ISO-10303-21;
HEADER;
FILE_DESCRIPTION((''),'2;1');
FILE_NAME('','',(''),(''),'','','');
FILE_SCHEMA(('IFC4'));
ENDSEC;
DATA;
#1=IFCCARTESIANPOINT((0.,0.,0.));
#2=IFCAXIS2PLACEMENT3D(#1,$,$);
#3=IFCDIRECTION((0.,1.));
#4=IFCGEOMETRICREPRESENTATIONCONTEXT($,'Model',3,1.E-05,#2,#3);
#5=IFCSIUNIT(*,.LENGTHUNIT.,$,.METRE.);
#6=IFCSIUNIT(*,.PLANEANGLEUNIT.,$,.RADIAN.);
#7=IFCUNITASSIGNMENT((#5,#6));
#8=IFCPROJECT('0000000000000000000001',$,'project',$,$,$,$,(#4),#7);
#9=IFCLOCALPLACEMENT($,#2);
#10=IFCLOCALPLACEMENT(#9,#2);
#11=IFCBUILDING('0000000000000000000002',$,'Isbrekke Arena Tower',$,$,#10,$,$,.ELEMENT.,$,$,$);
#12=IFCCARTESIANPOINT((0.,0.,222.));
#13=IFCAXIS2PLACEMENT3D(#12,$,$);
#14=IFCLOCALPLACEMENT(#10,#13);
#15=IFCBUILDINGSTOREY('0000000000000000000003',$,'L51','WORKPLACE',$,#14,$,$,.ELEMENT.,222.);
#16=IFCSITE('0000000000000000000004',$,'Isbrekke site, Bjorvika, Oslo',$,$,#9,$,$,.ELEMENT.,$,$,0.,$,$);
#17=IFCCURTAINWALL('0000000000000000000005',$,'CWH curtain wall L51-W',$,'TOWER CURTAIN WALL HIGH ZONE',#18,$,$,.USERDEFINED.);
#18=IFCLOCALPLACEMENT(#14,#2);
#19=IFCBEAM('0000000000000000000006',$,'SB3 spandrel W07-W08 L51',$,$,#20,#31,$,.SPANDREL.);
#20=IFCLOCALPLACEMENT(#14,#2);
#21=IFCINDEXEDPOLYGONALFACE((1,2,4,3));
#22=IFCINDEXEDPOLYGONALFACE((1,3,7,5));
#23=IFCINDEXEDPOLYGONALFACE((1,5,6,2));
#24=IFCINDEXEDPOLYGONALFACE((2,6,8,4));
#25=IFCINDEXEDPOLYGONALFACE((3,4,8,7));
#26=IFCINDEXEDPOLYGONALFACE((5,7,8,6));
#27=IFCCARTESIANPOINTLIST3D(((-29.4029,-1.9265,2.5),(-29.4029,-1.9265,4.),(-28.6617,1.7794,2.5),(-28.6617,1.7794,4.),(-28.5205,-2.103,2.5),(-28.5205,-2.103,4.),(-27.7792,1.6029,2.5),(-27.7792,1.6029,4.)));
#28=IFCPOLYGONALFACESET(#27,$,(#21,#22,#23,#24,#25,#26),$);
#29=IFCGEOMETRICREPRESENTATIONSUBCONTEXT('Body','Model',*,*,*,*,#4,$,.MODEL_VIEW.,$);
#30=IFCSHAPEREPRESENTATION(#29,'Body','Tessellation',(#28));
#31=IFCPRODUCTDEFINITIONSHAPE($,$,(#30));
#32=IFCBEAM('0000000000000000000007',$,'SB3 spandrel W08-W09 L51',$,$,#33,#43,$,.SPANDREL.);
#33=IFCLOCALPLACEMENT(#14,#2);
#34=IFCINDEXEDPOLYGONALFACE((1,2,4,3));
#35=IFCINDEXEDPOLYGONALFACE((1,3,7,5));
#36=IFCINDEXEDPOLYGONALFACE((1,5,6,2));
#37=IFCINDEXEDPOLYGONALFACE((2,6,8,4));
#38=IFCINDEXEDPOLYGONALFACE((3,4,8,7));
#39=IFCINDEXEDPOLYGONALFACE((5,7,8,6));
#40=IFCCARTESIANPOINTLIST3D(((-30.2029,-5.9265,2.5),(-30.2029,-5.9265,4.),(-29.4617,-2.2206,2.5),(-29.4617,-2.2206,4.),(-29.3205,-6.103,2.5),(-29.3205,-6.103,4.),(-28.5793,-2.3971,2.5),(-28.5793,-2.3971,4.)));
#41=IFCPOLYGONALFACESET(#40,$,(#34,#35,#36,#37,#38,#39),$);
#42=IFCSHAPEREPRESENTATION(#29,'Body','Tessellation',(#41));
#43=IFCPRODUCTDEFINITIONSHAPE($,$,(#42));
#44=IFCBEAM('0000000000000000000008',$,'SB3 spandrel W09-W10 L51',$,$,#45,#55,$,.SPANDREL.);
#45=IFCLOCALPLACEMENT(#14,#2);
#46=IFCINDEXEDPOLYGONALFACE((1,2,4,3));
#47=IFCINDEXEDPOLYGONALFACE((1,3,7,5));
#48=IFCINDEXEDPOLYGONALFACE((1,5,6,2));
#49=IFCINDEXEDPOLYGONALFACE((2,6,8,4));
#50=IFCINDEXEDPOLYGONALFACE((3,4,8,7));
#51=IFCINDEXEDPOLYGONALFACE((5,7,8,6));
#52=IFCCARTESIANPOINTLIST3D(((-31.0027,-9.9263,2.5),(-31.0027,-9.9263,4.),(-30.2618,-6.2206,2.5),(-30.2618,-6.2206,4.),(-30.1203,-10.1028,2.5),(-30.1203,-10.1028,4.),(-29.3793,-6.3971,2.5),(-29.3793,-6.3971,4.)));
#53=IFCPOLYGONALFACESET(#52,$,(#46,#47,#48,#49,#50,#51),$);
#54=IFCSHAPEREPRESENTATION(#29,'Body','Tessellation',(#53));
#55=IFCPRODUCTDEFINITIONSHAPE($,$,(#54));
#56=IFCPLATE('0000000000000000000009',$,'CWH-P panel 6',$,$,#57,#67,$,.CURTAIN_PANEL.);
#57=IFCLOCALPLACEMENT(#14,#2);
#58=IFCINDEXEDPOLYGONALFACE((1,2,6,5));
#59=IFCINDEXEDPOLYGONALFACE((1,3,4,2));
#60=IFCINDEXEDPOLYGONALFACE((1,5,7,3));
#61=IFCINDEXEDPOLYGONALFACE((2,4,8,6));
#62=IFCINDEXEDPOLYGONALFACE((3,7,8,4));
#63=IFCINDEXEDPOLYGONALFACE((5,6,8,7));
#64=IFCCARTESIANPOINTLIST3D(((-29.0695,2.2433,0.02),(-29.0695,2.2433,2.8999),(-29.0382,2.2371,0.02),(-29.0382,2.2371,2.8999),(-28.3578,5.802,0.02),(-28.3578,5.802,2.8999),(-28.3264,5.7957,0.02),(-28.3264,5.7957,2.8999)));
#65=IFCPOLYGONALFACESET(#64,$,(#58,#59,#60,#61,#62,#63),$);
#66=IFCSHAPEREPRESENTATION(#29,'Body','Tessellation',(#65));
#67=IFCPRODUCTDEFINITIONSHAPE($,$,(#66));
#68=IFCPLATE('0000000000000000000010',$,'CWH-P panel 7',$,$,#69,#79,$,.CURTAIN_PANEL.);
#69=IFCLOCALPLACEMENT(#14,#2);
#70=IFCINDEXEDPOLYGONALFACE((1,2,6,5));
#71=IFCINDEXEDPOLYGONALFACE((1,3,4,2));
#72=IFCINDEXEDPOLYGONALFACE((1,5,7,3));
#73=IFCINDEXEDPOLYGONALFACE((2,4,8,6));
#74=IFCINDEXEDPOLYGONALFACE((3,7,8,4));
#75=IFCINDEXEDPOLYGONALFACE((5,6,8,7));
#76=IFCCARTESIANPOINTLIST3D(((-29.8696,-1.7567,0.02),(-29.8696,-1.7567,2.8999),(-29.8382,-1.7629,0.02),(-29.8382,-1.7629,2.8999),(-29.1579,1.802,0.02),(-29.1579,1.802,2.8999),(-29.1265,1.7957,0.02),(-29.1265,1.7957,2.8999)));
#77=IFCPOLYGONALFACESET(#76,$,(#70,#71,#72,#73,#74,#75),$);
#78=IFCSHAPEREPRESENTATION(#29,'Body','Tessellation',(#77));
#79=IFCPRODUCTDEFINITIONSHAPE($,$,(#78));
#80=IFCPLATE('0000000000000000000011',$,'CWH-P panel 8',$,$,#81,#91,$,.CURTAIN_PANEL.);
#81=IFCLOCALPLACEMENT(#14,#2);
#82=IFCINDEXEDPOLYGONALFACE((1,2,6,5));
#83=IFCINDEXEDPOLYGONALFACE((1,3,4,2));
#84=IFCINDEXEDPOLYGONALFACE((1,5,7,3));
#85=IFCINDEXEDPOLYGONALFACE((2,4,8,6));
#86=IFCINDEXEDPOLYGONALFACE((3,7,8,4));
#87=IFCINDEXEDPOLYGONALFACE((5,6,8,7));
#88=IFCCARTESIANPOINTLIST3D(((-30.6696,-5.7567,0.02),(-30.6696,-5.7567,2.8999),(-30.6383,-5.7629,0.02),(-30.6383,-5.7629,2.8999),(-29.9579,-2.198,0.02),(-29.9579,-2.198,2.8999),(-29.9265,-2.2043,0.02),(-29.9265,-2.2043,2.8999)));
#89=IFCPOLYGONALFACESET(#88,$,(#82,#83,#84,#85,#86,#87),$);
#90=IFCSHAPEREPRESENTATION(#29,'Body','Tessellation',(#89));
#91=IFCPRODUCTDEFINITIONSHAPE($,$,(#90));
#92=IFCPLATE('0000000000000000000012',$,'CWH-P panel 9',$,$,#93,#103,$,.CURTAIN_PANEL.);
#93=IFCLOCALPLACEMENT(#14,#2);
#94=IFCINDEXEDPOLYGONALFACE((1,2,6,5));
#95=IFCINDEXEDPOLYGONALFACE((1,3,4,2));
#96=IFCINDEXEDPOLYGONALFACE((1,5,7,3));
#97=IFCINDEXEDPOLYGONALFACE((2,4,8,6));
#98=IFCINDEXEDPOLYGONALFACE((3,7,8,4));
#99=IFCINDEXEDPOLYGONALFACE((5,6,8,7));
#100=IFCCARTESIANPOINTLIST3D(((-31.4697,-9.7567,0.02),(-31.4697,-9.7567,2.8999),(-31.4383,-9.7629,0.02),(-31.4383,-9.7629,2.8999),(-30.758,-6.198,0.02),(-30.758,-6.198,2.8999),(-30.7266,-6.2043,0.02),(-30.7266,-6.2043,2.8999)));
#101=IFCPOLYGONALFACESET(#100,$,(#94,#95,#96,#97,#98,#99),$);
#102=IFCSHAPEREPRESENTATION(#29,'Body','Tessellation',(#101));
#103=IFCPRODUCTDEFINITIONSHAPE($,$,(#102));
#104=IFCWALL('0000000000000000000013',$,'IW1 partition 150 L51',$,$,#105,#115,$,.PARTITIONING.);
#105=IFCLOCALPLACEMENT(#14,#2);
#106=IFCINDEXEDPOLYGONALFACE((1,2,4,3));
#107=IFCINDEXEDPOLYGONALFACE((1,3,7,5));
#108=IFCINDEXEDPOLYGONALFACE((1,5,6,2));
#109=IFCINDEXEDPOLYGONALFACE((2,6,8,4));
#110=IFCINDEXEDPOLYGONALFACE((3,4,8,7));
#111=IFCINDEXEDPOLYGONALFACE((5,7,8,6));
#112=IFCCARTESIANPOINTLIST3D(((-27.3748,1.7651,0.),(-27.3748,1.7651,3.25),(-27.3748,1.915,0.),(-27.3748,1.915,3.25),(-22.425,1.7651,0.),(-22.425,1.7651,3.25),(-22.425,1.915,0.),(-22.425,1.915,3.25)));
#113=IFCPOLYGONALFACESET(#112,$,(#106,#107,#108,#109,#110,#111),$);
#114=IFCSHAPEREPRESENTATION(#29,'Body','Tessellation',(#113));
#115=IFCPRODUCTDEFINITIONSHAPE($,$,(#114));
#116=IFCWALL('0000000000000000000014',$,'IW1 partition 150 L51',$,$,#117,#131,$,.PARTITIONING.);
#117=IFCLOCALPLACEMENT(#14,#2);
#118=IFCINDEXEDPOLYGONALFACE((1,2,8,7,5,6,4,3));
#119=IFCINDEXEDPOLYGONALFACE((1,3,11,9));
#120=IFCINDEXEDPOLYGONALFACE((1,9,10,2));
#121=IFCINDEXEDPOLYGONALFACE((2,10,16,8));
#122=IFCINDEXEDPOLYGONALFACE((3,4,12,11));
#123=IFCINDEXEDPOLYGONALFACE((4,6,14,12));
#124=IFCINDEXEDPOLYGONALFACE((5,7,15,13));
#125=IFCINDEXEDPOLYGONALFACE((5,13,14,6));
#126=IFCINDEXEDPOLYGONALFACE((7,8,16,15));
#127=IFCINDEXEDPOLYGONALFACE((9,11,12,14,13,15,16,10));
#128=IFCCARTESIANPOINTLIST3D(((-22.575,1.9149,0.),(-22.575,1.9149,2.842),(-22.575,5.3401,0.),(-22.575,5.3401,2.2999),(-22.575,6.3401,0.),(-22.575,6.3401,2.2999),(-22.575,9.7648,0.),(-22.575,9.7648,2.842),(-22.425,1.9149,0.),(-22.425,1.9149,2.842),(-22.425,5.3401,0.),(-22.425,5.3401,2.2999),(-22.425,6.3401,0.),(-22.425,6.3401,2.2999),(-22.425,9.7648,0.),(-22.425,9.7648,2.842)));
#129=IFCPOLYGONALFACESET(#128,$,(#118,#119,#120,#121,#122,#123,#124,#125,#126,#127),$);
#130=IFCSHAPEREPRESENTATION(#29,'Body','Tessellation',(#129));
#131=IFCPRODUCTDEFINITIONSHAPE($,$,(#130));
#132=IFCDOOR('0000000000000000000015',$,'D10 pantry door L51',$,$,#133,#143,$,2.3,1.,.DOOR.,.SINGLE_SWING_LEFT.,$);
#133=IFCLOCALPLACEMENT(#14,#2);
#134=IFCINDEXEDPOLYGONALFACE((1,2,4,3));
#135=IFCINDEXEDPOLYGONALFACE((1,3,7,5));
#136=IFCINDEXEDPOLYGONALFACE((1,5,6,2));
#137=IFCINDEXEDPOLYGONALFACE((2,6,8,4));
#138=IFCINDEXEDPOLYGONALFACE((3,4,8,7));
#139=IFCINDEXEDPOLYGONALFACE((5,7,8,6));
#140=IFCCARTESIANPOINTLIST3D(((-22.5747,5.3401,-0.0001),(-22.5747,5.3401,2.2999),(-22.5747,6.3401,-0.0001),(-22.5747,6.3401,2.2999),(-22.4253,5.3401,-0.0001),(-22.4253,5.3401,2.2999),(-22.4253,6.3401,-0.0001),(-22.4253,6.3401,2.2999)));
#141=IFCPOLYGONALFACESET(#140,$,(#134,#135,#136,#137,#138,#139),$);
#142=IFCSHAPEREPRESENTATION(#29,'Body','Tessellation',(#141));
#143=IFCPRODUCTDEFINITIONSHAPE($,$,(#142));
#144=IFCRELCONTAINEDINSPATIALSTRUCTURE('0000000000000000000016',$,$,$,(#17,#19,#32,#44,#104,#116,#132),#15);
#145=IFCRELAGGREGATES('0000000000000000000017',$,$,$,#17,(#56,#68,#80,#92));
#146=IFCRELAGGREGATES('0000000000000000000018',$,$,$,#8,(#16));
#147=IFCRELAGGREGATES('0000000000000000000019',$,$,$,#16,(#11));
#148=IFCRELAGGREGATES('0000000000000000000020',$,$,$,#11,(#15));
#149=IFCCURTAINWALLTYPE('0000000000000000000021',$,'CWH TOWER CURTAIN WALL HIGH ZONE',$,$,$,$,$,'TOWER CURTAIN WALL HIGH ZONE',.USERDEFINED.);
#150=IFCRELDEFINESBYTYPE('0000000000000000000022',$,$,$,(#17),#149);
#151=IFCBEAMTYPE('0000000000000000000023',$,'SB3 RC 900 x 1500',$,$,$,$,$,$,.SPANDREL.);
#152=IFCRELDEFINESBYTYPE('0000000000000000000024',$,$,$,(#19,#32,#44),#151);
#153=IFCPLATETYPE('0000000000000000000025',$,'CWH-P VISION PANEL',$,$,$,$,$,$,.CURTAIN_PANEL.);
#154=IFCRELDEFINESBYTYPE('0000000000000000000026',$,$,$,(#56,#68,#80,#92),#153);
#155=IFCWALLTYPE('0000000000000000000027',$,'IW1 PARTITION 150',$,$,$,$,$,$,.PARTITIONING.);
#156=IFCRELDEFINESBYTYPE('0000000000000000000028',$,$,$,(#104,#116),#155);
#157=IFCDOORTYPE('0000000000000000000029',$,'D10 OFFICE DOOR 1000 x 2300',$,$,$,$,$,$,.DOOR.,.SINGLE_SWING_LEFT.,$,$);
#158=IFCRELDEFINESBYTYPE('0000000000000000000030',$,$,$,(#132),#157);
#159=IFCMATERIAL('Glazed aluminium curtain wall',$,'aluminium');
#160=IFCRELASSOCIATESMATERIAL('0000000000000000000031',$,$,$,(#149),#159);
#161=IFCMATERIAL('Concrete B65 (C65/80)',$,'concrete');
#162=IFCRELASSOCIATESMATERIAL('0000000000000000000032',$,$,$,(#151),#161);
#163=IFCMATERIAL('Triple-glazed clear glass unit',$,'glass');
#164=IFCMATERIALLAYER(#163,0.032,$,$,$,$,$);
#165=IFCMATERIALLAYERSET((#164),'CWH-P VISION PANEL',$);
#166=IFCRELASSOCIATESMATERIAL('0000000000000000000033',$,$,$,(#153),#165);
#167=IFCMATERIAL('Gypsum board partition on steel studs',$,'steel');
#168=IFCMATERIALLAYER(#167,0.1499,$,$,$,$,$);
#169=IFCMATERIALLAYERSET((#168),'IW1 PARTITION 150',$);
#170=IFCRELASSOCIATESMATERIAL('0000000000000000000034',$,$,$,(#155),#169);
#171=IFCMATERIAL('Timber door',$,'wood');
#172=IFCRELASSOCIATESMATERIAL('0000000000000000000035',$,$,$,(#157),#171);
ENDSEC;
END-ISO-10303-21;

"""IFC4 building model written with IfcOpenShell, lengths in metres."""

from ifc_helpers import new_model, si_unit, direction, frame, frame_2d, origin, origin_2d, place, context, subcontext, project, spatial, rectangle, extrude, material, layer, layer_set, material_profile, profile_set, type_object, element, fill, aggregate, save


model = new_model("IFC4")

# Units and contexts
model_context = context("Model", 3, precision=1e-05, world=origin(), true_north=direction((0.0, 1.0)))
body_context = subcontext(model_context, "Body", "Model", "MODEL_VIEW")
ifc_project = project(units=[si_unit("LENGTHUNIT", "METRE"), si_unit("PLANEANGLEUNIT", "RADIAN")], contexts=[model_context])

# Site, building, storey
site_placement = place(None, origin())
site = spatial("IfcSite", under=ifc_project, at=site_placement, Name="Isbrekke site, Bjorvika, Oslo", CompositionType="ELEMENT", RefElevation=0.0)
building_placement = place(site_placement, origin())
building = spatial("IfcBuilding", under=site, at=building_placement, Name="Isbrekke Arena Tower", CompositionType="ELEMENT")
storey_placement = place(building_placement, frame((0.0, 0.0, 222.0)))
storey = spatial("IfcBuildingStorey", under=building, at=storey_placement, Name="L51", Description="WORKPLACE", CompositionType="ELEMENT", Elevation=222.0)

# Curtain wall
ifc_material_1 = material(Name="Glazed aluminium curtain wall", Category="aluminium")
curtain_wall_type = type_object("IfcCurtainWallType", Name="CWH TOWER CURTAIN WALL HIGH ZONE", ElementType="TOWER CURTAIN WALL HIGH ZONE", PredefinedType="USERDEFINED", material=ifc_material_1)
curtain_wall_placement = place(storey_placement, origin())
curtain_wall = element("IfcCurtainWall", 1, at=curtain_wall_placement, inside=storey, type_object=curtain_wall_type, Name="CWH curtain wall L51-W", ObjectType="TOWER CURTAIN WALL HIGH ZONE", PredefinedType="USERDEFINED")

# Beams
ifc_material_2 = material(Name="Concrete B65 (C65/80)", Category="concrete")
ifc_material_profile_1 = material_profile(ifc_material_2, rectangle(XDim=0.8999, YDim=1.5, at=origin_2d()), Name="RC 900x1500")
ifc_profile_set_1 = profile_set([ifc_material_profile_1], Name="Concrete B65 (C65/80)")
beam_type_1 = type_object("IfcBeamType", Name="SB3 RC 900 x 1500", PredefinedType="SPANDREL", material=ifc_profile_set_1)
for number, where, z_axis, x_axis, name in (
    (2, (-28.2205, 1.6912, 3.25), (-0.196129, -0.980578, 0.0), (0.980578, -0.196129, 0.0), "SB3 spandrel W07-W08 L51"),
    (3, (-29.0205, -2.3088, 3.25), (-0.196129, -0.980578, 0.0), (0.980578, -0.196129, 0.0), "SB3 spandrel W08-W09 L51"),
):
    element("IfcBeam", number, at=place(storey_placement, frame(where, z_axis=z_axis, x_axis=x_axis)), inside=storey, type_object=beam_type_1, Name=name, PredefinedType="SPANDREL", context=body_context, shape_type="SweptSolid", body=[
        extrude(rectangle(XDim=0.8999, YDim=1.5, at=origin_2d()), origin(), (0.0, 0.0, 1.0), 3.7793),
    ])
beam_1_placement = place(storey_placement, frame((-29.8206, -6.3088, 3.25), z_axis=(-0.196066, -0.980591, 0.0), x_axis=(0.980591, -0.196066, 0.0)))
element("IfcBeam", 4, at=beam_1_placement, inside=storey, type_object=beam_type_1, Name="SB3 spandrel W09-W10 L51", PredefinedType="SPANDREL", context=body_context, shape_type="SweptSolid", body=[
    extrude(rectangle(XDim=0.8999, YDim=1.5, at=origin_2d()), origin(), (0.0, 0.0, 1.0), 3.7791),
])

# Plates
ifc_material_3 = material(Name="Triple-glazed clear glass unit", Category="glass")
ifc_layer_1 = layer(ifc_material_3, 0.032)
ifc_layer_set_1 = layer_set([ifc_layer_1], Name="CWH-P VISION PANEL")
plate_type = type_object("IfcPlateType", Name="CWH-P VISION PANEL", PredefinedType="CURTAIN_PANEL", material=ifc_layer_set_1)
plate_1_placement = place(storey_placement, frame((-28.698, 4.0195, 0.02), z_axis=(0.0, 0.0, 1.0), x_axis=(-0.196116, -0.980581, 0.0)))
plate_1 = element("IfcPlate", 5, at=plate_1_placement, type_object=plate_type, Name="CWH-P panel 6", PredefinedType="CURTAIN_PANEL", context=body_context, shape_type="SweptSolid", body=[
    extrude(rectangle(XDim=3.6292, YDim=0.032, at=origin_2d()), origin(), (0.0, 0.0, 1.0), 2.8799),
])
plate_2_placement = place(storey_placement, frame((-29.498, 0.0195, 0.02), z_axis=(0.0, 0.0, 1.0), x_axis=(-0.196116, -0.980581, 0.0)))
plate_2 = element("IfcPlate", 6, at=plate_2_placement, type_object=plate_type, Name="CWH-P panel 7", PredefinedType="CURTAIN_PANEL", context=body_context, shape_type="SweptSolid", body=[
    extrude(rectangle(XDim=3.6292, YDim=0.032, at=origin_2d()), origin(), (0.0, 0.0, 1.0), 2.8799),
])
plate_3_placement = place(storey_placement, frame((-30.2981, -3.9805, 0.02), z_axis=(0.0, 0.0, 1.0), x_axis=(-0.196116, -0.980581, 0.0)))
plate_3 = element("IfcPlate", 7, at=plate_3_placement, type_object=plate_type, Name="CWH-P panel 8", PredefinedType="CURTAIN_PANEL", context=body_context, shape_type="SweptSolid", body=[
    extrude(rectangle(XDim=3.6292, YDim=0.032, at=origin_2d()), origin(), (0.0, 0.0, 1.0), 2.8799),
])
plate_4_placement = place(storey_placement, frame((-31.0981, -7.9805, 0.02), z_axis=(0.0, 0.0, 1.0), x_axis=(-0.196116, -0.980581, 0.0)))
plate_4 = element("IfcPlate", 8, at=plate_4_placement, type_object=plate_type, Name="CWH-P panel 9", PredefinedType="CURTAIN_PANEL", context=body_context, shape_type="SweptSolid", body=[
    extrude(rectangle(XDim=3.6292, YDim=0.032, at=origin_2d()), origin(), (0.0, 0.0, 1.0), 2.8799),
])
aggregate(curtain_wall, [plate_1, plate_2, plate_3, plate_4])

# Wall
ifc_material_4 = material(Name="Gypsum board partition on steel studs", Category="steel")
ifc_layer_2 = layer(ifc_material_4, 0.1499)
ifc_layer_set_2 = layer_set([ifc_layer_2], Name="IW1 PARTITION 150")
wall_type = type_object("IfcWallType", Name="IW1 PARTITION 150", PredefinedType="PARTITIONING", material=ifc_layer_set_2)
wall_1_placement = place(storey_placement, frame((-27.3748, 1.8401, 0.0), z_axis=(0.0, 0.0, 1.0), x_axis=(1.0, 0.0, 0.0)))
element("IfcWall", 9, at=wall_1_placement, inside=storey, type_object=wall_type, Name="IW1 partition 150 L51", PredefinedType="PARTITIONING", context=body_context, shape_type="SweptSolid", body=[
    extrude(rectangle(XDim=4.9497, YDim=0.1499, at=frame_2d((2.4749, 0.0))), origin(), (0.0, 0.0, 1.0), 3.25),
])

# Wall, opening, door
wall_2_placement = place(storey_placement, frame((-22.5, 1.915, 0.0), z_axis=(0.0, 0.0, 1.0), x_axis=(0.0, 1.0, 0.0)))
wall_2 = element("IfcWall", 10, at=wall_2_placement, inside=storey, type_object=wall_type, Name="IW1 partition 150 L51", PredefinedType="PARTITIONING", context=body_context, shape_type="SweptSolid", body=[
    extrude(rectangle(XDim=7.8499, YDim=0.1499, at=frame_2d((3.9248, 0.0))), origin(), (0.0, 0.0, 1.0), 2.842),
])
opening_placement = place(wall_2_placement, frame((3.425, 0.0, 0.0)))
opening = element("IfcOpeningElement", 11, at=opening_placement, cuts=wall_2, PredefinedType="OPENING", context=body_context, shape_type="SweptSolid", body=[
    extrude(rectangle(XDim=1.0, YDim=2.3, at=frame_2d((0.5, 1.1499))), frame((0.0, 0.0898, 0.0), z_axis=(0.0, -1.0, 0.0), x_axis=(1.0, 0.0, 0.0)), (0.0, 0.0, 1.0), 0.1797),
])
ifc_material_5 = material(Name="Timber door", Category="wood")
door_type = type_object("IfcDoorType", Name="D10 OFFICE DOOR 1000 x 2300", OperationType="SINGLE_SWING_LEFT", PredefinedType="DOOR", material=ifc_material_5)
door_placement = place(opening_placement, origin())
door = element("IfcDoor", 12, at=door_placement, inside=storey, type_object=door_type, Name="D10 pantry door L51", OperationType="SINGLE_SWING_LEFT", OverallHeight=2.3, OverallWidth=1.0, PredefinedType="DOOR", context=body_context, shape_type="SweptSolid", body=[
    extrude(rectangle(XDim=1.0, YDim=2.3, at=frame_2d((0.5, 1.1499))), frame((0.0, 0.0747, 0.0), z_axis=(0.0, -1.0, 0.0), x_axis=(1.0, 0.0, 0.0)), (0.0, 0.0, 1.0), 0.1494),
])
fill(opening, door)

save(model, "model.ifc")
